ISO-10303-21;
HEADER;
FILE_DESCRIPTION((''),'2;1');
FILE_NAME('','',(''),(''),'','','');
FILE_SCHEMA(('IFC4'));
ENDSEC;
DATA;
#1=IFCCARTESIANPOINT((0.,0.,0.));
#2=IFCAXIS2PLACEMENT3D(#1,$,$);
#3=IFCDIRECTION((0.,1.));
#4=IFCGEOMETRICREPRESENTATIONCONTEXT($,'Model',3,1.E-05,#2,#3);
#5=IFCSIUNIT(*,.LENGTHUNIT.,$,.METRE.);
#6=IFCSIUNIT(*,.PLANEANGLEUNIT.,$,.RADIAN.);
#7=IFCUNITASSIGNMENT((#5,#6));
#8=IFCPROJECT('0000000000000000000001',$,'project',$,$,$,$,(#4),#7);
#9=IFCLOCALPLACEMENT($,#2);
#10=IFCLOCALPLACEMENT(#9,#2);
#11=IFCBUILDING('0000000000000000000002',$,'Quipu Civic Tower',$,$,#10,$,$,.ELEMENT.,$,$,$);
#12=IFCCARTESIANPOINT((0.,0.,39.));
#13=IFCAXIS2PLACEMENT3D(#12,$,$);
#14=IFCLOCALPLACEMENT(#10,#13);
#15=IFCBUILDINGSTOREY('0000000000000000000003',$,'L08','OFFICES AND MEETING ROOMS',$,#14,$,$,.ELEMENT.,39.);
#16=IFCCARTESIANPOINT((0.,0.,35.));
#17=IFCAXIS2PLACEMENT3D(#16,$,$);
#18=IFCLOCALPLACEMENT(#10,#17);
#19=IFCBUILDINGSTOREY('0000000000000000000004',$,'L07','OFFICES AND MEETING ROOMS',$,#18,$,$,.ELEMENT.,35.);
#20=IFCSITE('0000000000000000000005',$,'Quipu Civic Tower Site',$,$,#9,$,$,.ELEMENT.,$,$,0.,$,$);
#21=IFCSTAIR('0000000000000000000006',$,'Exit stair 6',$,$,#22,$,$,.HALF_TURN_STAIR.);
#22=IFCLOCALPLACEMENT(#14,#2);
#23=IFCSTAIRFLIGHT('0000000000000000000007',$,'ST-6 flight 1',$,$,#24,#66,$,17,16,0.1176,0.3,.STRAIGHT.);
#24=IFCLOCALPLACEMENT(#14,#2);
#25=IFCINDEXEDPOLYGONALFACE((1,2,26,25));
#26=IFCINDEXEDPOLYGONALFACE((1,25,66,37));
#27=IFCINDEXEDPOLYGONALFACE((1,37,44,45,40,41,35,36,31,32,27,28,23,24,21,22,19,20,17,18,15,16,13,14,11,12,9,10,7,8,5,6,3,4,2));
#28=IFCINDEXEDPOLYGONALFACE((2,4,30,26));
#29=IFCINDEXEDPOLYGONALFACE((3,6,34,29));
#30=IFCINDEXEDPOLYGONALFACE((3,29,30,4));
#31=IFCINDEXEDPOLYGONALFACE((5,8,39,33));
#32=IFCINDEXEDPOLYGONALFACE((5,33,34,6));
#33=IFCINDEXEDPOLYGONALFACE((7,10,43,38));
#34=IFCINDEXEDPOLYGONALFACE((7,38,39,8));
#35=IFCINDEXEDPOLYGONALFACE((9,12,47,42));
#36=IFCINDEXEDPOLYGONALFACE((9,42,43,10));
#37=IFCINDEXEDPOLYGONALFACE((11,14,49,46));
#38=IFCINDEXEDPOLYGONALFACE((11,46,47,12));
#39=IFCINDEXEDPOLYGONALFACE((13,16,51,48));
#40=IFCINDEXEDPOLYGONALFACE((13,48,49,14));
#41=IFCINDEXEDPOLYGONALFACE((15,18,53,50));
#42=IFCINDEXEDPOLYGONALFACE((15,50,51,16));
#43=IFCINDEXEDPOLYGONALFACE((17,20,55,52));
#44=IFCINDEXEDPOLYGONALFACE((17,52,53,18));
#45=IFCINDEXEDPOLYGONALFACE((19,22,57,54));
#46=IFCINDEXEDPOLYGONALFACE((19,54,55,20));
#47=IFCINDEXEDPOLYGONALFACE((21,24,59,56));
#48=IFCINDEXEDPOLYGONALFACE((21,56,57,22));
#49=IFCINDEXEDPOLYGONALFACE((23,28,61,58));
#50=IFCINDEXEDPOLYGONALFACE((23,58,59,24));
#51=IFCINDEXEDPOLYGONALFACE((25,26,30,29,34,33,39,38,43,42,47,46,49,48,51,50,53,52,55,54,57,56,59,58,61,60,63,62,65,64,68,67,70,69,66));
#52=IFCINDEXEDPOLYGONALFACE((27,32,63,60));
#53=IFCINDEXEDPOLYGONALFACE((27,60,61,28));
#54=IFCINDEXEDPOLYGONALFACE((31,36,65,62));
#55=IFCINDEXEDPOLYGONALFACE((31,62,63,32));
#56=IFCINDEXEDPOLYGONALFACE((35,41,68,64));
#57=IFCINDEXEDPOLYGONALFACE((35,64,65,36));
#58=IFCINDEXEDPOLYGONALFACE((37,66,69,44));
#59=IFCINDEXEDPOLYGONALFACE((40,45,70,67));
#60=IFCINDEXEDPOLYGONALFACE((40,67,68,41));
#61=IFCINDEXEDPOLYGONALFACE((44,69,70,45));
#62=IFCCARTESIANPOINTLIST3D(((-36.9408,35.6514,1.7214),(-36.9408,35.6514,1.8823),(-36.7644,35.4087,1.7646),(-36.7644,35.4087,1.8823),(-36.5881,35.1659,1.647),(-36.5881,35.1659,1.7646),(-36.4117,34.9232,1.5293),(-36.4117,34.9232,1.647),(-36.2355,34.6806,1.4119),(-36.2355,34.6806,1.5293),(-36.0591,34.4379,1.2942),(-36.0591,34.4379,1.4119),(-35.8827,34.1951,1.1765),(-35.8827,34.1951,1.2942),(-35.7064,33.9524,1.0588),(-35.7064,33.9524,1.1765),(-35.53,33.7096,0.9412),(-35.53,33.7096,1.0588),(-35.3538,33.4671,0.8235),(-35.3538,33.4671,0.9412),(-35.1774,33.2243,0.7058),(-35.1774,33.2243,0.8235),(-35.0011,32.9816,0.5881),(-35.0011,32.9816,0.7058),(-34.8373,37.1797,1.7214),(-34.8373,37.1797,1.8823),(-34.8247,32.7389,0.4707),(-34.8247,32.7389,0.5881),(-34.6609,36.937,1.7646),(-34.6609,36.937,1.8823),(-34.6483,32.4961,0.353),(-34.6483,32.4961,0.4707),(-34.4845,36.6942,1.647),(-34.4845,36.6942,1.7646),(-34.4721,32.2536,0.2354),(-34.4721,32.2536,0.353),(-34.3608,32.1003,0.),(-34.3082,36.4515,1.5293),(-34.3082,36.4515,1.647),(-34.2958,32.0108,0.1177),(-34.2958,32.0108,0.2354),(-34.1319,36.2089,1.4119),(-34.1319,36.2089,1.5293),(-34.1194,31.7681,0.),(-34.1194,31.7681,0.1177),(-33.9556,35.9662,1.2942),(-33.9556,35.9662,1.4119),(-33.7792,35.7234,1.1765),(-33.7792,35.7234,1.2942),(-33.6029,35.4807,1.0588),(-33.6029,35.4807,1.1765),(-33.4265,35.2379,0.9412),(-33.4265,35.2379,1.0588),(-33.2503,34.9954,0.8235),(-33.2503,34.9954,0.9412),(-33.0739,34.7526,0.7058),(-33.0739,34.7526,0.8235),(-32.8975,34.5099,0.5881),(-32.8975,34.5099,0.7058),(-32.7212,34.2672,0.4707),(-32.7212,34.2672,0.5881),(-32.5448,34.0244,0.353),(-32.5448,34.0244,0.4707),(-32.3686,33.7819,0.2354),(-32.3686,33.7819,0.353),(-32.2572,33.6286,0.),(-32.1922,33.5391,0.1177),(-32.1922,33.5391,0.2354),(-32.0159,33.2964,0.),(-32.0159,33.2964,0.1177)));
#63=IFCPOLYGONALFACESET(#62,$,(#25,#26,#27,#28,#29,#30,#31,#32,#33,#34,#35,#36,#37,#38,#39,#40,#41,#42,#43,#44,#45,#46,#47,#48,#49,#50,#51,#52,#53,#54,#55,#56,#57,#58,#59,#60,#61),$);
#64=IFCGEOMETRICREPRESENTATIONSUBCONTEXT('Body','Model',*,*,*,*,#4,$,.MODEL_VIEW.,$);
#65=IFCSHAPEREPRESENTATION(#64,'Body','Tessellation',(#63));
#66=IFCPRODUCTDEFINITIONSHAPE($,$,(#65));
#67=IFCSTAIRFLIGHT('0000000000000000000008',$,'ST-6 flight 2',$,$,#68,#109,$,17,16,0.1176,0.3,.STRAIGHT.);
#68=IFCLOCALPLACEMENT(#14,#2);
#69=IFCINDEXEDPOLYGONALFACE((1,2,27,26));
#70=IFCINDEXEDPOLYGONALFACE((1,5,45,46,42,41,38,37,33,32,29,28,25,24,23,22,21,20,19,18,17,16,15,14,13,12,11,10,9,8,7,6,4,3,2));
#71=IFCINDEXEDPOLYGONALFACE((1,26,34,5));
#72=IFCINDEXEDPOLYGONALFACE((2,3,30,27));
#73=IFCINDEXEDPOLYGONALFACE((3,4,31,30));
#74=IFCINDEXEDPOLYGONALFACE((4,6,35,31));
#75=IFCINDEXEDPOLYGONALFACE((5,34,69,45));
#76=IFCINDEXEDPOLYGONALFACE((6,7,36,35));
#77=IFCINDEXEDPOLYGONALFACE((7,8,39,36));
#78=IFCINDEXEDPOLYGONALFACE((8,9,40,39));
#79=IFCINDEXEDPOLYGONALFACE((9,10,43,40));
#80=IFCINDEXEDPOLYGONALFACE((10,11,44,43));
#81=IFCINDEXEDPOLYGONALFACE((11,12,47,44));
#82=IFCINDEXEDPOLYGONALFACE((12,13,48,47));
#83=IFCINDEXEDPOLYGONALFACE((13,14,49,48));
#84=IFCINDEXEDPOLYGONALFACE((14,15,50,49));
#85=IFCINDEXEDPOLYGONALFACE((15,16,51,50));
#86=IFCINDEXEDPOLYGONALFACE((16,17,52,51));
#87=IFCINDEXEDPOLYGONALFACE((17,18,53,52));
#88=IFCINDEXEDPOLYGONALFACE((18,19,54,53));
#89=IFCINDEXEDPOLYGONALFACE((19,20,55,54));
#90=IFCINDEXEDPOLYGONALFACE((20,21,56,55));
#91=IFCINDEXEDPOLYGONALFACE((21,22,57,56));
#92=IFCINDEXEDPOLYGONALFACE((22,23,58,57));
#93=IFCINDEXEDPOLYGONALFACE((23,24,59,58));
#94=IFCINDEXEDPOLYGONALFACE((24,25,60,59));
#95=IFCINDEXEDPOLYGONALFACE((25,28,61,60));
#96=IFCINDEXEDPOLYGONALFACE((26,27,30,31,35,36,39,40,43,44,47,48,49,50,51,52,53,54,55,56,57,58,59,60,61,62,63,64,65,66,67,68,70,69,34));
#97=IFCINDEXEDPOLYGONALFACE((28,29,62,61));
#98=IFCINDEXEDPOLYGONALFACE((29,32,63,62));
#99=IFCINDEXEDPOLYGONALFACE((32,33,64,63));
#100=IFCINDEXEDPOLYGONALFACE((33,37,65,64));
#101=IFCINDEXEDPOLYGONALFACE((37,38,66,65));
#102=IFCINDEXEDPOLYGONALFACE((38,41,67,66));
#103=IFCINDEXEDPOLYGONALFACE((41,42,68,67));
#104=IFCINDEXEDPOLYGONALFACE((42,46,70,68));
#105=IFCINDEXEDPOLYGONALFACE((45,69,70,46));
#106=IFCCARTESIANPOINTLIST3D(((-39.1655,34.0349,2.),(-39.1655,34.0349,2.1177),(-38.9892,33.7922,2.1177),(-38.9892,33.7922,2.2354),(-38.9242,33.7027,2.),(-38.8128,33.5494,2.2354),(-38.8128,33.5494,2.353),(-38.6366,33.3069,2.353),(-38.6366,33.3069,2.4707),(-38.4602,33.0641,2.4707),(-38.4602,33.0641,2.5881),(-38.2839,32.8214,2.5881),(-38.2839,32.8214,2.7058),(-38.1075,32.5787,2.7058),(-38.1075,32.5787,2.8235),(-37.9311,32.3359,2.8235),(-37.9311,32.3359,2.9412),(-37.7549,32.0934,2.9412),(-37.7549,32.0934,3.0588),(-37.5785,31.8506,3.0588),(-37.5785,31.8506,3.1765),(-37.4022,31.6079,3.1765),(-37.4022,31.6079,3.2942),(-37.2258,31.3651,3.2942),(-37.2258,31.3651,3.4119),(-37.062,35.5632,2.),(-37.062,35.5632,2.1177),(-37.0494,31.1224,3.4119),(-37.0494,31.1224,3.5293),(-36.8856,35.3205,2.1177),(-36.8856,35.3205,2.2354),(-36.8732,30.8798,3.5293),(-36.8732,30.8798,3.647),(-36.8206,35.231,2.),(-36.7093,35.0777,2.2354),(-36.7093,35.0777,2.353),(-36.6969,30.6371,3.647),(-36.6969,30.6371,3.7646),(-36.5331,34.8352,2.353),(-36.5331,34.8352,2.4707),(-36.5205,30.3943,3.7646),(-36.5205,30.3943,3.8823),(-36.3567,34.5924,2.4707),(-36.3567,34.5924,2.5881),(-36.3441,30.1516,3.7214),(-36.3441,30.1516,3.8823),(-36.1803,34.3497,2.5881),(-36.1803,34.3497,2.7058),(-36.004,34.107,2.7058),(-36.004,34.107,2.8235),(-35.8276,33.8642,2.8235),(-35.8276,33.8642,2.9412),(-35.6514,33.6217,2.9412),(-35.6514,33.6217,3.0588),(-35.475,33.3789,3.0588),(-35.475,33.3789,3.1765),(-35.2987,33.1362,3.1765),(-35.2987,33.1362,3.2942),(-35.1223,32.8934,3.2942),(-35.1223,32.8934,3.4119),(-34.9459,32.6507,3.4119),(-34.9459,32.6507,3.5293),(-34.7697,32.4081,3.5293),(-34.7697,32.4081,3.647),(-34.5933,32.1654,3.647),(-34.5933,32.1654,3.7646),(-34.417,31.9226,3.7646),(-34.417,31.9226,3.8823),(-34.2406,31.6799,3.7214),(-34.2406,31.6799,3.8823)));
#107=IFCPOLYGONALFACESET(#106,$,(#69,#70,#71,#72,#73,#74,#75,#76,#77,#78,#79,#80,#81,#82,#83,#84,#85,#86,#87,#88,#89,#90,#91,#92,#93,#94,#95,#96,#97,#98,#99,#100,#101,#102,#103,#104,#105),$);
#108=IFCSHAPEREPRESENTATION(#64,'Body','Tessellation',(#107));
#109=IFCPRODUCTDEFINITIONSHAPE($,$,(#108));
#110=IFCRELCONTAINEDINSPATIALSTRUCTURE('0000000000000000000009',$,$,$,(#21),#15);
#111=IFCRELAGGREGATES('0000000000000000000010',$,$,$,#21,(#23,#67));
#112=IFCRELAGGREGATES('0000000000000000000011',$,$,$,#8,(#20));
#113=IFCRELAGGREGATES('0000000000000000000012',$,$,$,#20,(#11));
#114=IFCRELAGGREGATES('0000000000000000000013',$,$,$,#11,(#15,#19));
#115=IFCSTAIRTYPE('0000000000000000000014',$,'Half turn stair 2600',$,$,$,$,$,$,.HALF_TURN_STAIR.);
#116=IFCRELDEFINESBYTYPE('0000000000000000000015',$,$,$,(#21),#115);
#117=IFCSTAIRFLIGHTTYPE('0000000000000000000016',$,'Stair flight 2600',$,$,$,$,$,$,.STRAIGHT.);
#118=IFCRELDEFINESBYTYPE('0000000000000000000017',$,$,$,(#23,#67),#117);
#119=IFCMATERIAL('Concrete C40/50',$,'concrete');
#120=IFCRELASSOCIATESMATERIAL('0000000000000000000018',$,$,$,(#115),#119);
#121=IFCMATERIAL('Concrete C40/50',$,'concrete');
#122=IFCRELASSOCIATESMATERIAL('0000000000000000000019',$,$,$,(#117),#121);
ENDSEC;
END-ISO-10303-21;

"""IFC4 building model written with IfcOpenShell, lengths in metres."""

from ifc_helpers import new_model, si_unit, direction, frame, origin, place, context, subcontext, project, spatial, polyline, outline, extrude, material, type_object, element, aggregate, save


model = new_model("IFC4")

# Units and contexts
model_context = context("Model", 3, precision=1e-05, world=origin(), true_north=direction((0.0, 1.0)))
body_context = subcontext(model_context, "Body", "Model", "MODEL_VIEW")
ifc_project = project(units=[si_unit("LENGTHUNIT", "METRE"), si_unit("PLANEANGLEUNIT", "RADIAN")], contexts=[model_context])

# Site, building, storey
site_placement = place(None, origin())
site = spatial("IfcSite", under=ifc_project, at=site_placement, Name="Quipu Civic Tower Site", CompositionType="ELEMENT", RefElevation=0.0)
building_placement = place(site_placement, origin())
building = spatial("IfcBuilding", under=site, at=building_placement, Name="Quipu Civic Tower", CompositionType="ELEMENT")
storey_1_placement = place(building_placement, frame((0.0, 0.0, 39.0)))
storey_1 = spatial("IfcBuildingStorey", under=building, at=storey_1_placement, Name="L08", Description="OFFICES AND MEETING ROOMS", CompositionType="ELEMENT", Elevation=39.0)

# Shared definitions
storey_2_placement = place(building_placement, frame((0.0, 0.0, 35.0)))
storey_2 = spatial("IfcBuildingStorey", under=building, at=storey_2_placement, Name="L07", Description="OFFICES AND MEETING ROOMS", CompositionType="ELEMENT", Elevation=35.0)

# Stair, stair flights
ifc_material_1 = material(Name="Concrete C40/50", Category="concrete")
stair_type = type_object("IfcStairType", Name="Half turn stair 2600", PredefinedType="HALF_TURN_STAIR", material=ifc_material_1)
stair_placement = place(storey_1_placement, origin())
stair = element("IfcStair", 1, at=stair_placement, inside=storey_1, type_object=stair_type, Name="Exit stair 6", PredefinedType="HALF_TURN_STAIR")
ifc_material_2 = material(Name="Concrete C40/50", Category="concrete")
stair_flight_type = type_object("IfcStairFlightType", Name="Stair flight 2600", PredefinedType="STRAIGHT", material=ifc_material_2)
stair_flight_1_placement = place(storey_1_placement, frame((-33.0676, 32.5322, 0.0), z_axis=(0.0, 0.0, 1.0), x_axis=(-0.587785, 0.809017, 0.0)))
stair_flight_1 = element("IfcStairFlight", 2, at=stair_flight_1_placement, type_object=stair_flight_type, Name="ST-6 flight 1", NumberOfRisers=17, NumberOfTreads=16, PredefinedType="STRAIGHT", RiserHeight=0.1176, TreadLength=0.3, context=body_context, shape_type="SweptSolid", body=[
    extrude(outline(polyline([(0.0, 0.0), (0.0, 0.1177), (0.3, 0.1177), (0.3, 0.2354), (0.6001, 0.2354), (0.6001, 0.353), (0.8999, 0.353), (0.8999, 0.4707), (1.2, 0.4707), (1.2, 0.5881), (1.5, 0.5881), (1.5, 0.7058), (1.8, 0.7058), (1.8, 0.8235), (2.1001, 0.8235), (2.1001, 0.9412), (2.3999, 0.9412), (2.3999, 1.0588), (2.7, 1.0588), (2.7, 1.1765), (3.0, 1.1765), (3.0, 1.2942), (3.3, 1.2942), (3.3, 1.4119), (3.6001, 1.4119), (3.6001, 1.5293), (3.8999, 1.5293), (3.8999, 1.647), (4.2, 1.647), (4.2, 1.7646), (4.5, 1.7646), (4.5, 1.8823), (4.8, 1.8823), (4.8, 2.0), (4.8, 1.7214), (0.4106, 0.0), (0.0, 0.0)])), frame((0.0, 1.3, 0.0), z_axis=(0.0, -1.0, 0.0), x_axis=(1.0, 0.0, 0.0)), (0.0, 0.0, 1.0), 2.6001),
])
stair_flight_2_placement = place(storey_1_placement, frame((-38.1138, 34.7991, 2.0), z_axis=(0.0, 0.0, 1.0), x_axis=(0.587785, -0.809017, 0.0)))
stair_flight_2 = element("IfcStairFlight", 3, at=stair_flight_2_placement, type_object=stair_flight_type, Name="ST-6 flight 2", NumberOfRisers=17, NumberOfTreads=16, PredefinedType="STRAIGHT", RiserHeight=0.1176, TreadLength=0.3, context=body_context, shape_type="SweptSolid", body=[
    extrude(outline(polyline([(0.0, 0.0), (0.0, 0.1177), (0.3, 0.1177), (0.3, 0.2354), (0.6001, 0.2354), (0.6001, 0.353), (0.8999, 0.353), (0.8999, 0.4707), (1.2, 0.4707), (1.2, 0.5881), (1.5, 0.5881), (1.5, 0.7058), (1.8, 0.7058), (1.8, 0.8235), (2.1001, 0.8235), (2.1001, 0.9412), (2.3999, 0.9412), (2.3999, 1.0588), (2.7, 1.0588), (2.7, 1.1765), (3.0, 1.1765), (3.0, 1.2942), (3.3, 1.2942), (3.3, 1.4119), (3.6001, 1.4119), (3.6001, 1.5293), (3.8999, 1.5293), (3.8999, 1.647), (4.2, 1.647), (4.2, 1.7646), (4.5, 1.7646), (4.5, 1.8823), (4.8, 1.8823), (4.8, 2.0), (4.8, 1.7214), (0.4106, 0.0), (0.0, 0.0)])), frame((0.0, 1.3, 0.0), z_axis=(0.0, -1.0, 0.0), x_axis=(1.0, 0.0, 0.0)), (0.0, 0.0, 1.0), 2.6001),
])
aggregate(stair, [stair_flight_1, stair_flight_2])

save(model, "model.ifc")
